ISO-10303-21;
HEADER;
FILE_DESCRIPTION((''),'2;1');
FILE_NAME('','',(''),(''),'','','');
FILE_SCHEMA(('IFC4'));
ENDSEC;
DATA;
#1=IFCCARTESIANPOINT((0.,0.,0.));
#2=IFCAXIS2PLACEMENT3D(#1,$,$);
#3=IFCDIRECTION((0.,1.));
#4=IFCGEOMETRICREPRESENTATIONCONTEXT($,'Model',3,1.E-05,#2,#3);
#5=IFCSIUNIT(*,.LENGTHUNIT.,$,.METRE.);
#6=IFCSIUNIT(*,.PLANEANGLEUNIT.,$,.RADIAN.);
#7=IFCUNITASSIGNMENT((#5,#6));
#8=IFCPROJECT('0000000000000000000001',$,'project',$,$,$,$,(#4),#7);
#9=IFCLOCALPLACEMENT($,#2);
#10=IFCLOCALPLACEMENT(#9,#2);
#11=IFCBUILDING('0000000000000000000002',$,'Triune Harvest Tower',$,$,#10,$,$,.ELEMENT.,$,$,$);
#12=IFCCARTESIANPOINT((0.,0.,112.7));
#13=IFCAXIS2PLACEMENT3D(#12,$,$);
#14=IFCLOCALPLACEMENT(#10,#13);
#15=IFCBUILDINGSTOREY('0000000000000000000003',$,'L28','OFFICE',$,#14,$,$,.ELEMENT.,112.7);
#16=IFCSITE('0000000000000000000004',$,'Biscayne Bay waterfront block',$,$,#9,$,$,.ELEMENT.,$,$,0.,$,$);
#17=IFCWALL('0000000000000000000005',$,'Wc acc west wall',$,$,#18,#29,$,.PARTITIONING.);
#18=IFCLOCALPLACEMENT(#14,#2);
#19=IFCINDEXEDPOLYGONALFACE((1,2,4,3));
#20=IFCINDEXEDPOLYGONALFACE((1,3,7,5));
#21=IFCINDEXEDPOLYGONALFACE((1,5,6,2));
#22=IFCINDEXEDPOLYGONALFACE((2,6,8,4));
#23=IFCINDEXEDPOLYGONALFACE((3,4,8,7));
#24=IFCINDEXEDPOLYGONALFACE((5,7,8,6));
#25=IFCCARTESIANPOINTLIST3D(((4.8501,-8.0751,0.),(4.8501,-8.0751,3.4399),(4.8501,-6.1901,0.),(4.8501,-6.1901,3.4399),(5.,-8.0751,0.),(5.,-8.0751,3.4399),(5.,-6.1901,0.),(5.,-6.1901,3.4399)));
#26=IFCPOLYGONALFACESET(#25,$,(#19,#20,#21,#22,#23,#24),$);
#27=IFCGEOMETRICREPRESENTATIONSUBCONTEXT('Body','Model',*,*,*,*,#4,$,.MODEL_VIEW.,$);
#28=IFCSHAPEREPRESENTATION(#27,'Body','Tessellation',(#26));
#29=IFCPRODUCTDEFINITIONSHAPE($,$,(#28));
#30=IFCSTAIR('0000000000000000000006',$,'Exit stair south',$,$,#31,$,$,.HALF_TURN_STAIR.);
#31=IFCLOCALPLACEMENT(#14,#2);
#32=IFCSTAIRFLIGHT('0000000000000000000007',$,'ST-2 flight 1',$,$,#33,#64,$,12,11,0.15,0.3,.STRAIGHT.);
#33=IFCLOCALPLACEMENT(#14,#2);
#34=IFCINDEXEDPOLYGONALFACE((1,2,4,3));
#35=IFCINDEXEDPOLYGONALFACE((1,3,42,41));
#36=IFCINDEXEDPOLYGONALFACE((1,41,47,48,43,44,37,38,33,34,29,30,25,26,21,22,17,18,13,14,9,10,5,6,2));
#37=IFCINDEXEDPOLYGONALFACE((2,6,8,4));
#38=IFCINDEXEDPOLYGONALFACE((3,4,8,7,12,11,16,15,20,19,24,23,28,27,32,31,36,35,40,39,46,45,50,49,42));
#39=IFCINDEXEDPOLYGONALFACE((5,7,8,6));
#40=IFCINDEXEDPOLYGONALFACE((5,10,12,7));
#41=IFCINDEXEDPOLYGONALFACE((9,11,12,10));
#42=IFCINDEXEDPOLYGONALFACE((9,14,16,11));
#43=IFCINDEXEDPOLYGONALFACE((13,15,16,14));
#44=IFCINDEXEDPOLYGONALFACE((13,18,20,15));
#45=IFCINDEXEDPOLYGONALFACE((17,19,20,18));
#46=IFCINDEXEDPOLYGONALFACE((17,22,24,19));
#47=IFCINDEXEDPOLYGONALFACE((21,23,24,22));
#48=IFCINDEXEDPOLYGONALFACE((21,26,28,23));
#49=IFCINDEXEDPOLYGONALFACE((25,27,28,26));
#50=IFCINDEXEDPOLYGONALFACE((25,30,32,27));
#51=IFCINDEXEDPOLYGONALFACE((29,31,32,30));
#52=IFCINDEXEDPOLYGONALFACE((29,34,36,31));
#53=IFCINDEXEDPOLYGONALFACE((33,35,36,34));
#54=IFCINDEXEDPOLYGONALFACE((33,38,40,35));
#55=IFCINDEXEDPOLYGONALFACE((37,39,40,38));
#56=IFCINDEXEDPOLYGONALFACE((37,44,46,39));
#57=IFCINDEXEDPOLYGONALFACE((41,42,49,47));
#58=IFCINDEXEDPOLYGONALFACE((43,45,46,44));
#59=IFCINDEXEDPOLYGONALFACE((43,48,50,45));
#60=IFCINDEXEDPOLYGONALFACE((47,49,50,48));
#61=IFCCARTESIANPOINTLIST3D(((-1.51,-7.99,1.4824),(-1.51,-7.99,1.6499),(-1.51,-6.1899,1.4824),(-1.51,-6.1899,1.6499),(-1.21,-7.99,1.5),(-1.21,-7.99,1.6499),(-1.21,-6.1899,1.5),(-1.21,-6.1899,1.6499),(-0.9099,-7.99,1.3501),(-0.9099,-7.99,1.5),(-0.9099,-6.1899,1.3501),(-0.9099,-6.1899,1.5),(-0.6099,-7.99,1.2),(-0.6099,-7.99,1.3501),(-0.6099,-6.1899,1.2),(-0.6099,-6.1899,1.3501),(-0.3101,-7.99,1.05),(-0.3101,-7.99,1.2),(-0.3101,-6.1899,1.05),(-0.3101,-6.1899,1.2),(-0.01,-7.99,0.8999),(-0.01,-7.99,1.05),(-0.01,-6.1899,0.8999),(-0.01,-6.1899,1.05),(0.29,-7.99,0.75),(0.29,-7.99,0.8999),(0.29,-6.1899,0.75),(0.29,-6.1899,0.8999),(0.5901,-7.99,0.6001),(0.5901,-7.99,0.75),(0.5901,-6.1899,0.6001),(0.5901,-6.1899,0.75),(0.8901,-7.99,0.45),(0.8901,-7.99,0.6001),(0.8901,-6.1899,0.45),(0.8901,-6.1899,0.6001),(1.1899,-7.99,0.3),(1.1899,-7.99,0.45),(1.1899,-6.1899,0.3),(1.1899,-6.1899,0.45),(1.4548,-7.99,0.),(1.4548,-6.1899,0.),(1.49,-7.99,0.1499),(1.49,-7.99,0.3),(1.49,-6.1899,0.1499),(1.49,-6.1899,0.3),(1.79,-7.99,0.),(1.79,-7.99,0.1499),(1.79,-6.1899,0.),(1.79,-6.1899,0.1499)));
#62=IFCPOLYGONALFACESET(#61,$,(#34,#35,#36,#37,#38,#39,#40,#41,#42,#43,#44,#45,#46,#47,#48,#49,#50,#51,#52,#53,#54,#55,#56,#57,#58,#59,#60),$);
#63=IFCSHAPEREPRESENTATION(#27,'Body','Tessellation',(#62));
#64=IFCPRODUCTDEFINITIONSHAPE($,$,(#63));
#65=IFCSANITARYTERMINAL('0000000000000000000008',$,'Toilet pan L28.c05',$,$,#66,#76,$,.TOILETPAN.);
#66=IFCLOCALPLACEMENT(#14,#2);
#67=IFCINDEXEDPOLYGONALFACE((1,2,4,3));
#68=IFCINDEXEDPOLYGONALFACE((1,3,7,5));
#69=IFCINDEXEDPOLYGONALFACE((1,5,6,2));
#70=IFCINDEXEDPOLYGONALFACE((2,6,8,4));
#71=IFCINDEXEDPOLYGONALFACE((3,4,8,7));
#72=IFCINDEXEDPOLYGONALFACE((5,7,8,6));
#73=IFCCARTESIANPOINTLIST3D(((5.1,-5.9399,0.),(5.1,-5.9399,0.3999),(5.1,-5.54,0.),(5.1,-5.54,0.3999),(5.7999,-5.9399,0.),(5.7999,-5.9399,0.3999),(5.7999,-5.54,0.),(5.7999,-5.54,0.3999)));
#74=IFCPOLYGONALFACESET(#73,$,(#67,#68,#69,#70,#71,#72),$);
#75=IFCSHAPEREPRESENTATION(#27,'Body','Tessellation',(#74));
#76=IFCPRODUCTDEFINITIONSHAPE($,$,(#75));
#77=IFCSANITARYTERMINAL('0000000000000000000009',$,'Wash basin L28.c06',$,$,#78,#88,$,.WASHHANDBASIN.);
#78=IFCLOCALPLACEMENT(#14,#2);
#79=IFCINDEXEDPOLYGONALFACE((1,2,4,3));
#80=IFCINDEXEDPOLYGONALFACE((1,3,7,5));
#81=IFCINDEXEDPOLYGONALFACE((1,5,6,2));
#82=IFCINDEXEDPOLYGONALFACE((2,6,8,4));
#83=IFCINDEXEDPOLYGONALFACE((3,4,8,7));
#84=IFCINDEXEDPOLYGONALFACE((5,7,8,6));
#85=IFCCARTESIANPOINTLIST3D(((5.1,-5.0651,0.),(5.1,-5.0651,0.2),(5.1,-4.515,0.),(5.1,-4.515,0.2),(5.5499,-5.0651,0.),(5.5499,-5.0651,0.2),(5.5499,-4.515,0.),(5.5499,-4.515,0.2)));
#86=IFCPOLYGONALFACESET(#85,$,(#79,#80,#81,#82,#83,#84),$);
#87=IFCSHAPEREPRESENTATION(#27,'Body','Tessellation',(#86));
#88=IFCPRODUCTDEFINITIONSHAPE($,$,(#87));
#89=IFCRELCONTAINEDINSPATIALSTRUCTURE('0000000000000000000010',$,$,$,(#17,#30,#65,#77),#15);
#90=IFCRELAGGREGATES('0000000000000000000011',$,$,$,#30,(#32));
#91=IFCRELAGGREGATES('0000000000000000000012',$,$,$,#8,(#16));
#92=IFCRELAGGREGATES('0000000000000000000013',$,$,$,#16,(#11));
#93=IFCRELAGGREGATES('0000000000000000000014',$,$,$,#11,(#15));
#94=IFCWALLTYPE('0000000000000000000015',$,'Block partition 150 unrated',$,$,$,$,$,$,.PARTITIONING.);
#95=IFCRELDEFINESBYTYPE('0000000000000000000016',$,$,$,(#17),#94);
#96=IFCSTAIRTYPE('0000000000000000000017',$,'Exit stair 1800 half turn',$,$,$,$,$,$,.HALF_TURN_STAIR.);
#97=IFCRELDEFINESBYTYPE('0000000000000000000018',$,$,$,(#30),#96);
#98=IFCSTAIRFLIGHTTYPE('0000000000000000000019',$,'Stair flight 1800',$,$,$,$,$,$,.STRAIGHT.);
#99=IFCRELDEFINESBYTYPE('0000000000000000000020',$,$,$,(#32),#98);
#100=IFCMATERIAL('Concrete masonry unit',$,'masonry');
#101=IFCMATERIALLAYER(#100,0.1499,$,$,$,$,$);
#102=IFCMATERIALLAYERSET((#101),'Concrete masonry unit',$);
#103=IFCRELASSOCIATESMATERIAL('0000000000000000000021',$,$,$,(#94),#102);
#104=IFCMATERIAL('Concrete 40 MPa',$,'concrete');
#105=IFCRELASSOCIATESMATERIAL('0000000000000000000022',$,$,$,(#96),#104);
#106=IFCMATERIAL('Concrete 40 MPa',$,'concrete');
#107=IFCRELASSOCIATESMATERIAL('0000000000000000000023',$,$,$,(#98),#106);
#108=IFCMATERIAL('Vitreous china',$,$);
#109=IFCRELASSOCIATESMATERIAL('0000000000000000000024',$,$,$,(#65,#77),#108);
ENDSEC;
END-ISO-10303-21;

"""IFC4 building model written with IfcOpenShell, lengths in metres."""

from ifc_helpers import new_model, si_unit, direction, frame, frame_2d, origin, origin_2d, place, context, subcontext, project, spatial, polyline, rectangle, outline, extrude, source, transform, mapped, material, layer, layer_set, type_object, element, aggregate, save


model = new_model("IFC4")

# Units and contexts
model_context = context("Model", 3, precision=1e-05, world=origin(), true_north=direction((0.0, 1.0)))
body_context = subcontext(model_context, "Body", "Model", "MODEL_VIEW")
ifc_project = project(units=[si_unit("LENGTHUNIT", "METRE"), si_unit("PLANEANGLEUNIT", "RADIAN")], contexts=[model_context])

# Site, building, storey
site_placement = place(None, origin())
site = spatial("IfcSite", under=ifc_project, at=site_placement, Name="Biscayne Bay waterfront block", CompositionType="ELEMENT", RefElevation=0.0)
building_placement = place(site_placement, origin())
building = spatial("IfcBuilding", under=site, at=building_placement, Name="Triune Harvest Tower", CompositionType="ELEMENT")
storey_placement = place(building_placement, frame((0.0, 0.0, 112.7)))
storey = spatial("IfcBuildingStorey", under=building, at=storey_placement, Name="L28", Description="OFFICE", CompositionType="ELEMENT", Elevation=112.7)

# Shared definitions
ifc_material_1 = material(Name="Concrete masonry unit", Category="masonry")
ifc_layer_1 = layer(ifc_material_1, 0.1499)
ifc_layer_set_1 = layer_set([ifc_layer_1], Name="Concrete masonry unit")
wall_type_1 = type_object("IfcWallType", Name="Block partition 150 unrated", PredefinedType="PARTITIONING", material=ifc_layer_set_1)

# Wall
shared_shape_1 = source(origin(), body_context, "Body", "SweptSolid", [
    extrude(rectangle(XDim=1.885, YDim=0.1499, at=frame_2d((0.9424, 0.0))), origin(), (0.0, 0.0, 1.0), 3.4399),
])
wall_1_placement = place(storey_placement, frame((4.925, -8.075, 0.0), z_axis=(0.0, 0.0, 1.0), x_axis=(0.0, 1.0, 0.0)))
element("IfcWall", 1, at=wall_1_placement, inside=storey, type_object=wall_type_1, Name="Wc acc west wall", PredefinedType="PARTITIONING", context=body_context, shape_type="MappedRepresentation", body=[
    mapped(shared_shape_1, transform((0.0, 0.0, 0.0), scale=1.0)),
])

# Stair, stair flight
ifc_material_2 = material(Name="Concrete 40 MPa", Category="concrete")
stair_type = type_object("IfcStairType", Name="Exit stair 1800 half turn", PredefinedType="HALF_TURN_STAIR", material=ifc_material_2)
stair_placement = place(storey_placement, origin())
stair = element("IfcStair", 2, at=stair_placement, inside=storey, type_object=stair_type, Name="Exit stair south", PredefinedType="HALF_TURN_STAIR")
ifc_material_3 = material(Name="Concrete 40 MPa", Category="concrete")
stair_flight_type = type_object("IfcStairFlightType", Name="Stair flight 1800", PredefinedType="STRAIGHT", material=ifc_material_3)
shared_shape_2 = source(origin(), body_context, "Body", "SweptSolid", [
    extrude(outline(polyline([(0.0, 0.0), (0.0, 0.1499), (0.3, 0.1499), (0.3, 0.3), (0.6001, 0.3), (0.6001, 0.45), (0.8999, 0.45), (0.8999, 0.6001), (1.2, 0.6001), (1.2, 0.75), (1.5, 0.75), (1.5, 0.8999), (1.8, 0.8999), (1.8, 1.05), (2.1001, 1.05), (2.1001, 1.2), (2.3999, 1.2), (2.3999, 1.3501), (2.7, 1.3501), (2.7, 1.5), (3.0, 1.5), (3.0, 1.6499), (3.3, 1.6499), (3.3, 1.8), (3.3, 1.4824), (0.3352, 0.0), (0.0, 0.0)])), frame((0.0, 0.8999, 0.0), z_axis=(0.0, -1.0, 0.0), x_axis=(1.0, 0.0, 0.0)), (0.0, 0.0, 1.0), 1.8),
])
stair_flight_placement = place(storey_placement, frame((1.79, -7.0901, 0.0), z_axis=(0.0, 0.0, 1.0), x_axis=(-1.0, 0.0, 0.0)))
stair_flight = element("IfcStairFlight", 3, at=stair_flight_placement, type_object=stair_flight_type, Name="ST-2 flight 1", NumberOfRisers=12, NumberOfTreads=11, PredefinedType="STRAIGHT", RiserHeight=0.15, TreadLength=0.3, context=body_context, shape_type="MappedRepresentation", body=[
    mapped(shared_shape_2, transform((0.0, 0.0, 0.0), scale=1.0)),
])
aggregate(stair, [stair_flight])

# Sanitary terminals
ifc_material_4 = material(Name="Vitreous china")
shared_shape_3 = source(origin(), body_context, "Body", "SweptSolid", [
    extrude(rectangle(XDim=0.3999, YDim=0.7, at=origin_2d()), origin(), (0.0, 0.0, 1.0), 0.3999),
])
sanitary_terminal_1_placement = place(storey_placement, frame((5.45, -5.74, 0.0), z_axis=(0.0, 0.0, 1.0), x_axis=(0.0, 1.0, 0.0)))
element("IfcSanitaryTerminal", 4, at=sanitary_terminal_1_placement, inside=storey, material=ifc_material_4, Name="Toilet pan L28.c05", PredefinedType="TOILETPAN", context=body_context, shape_type="MappedRepresentation", body=[
    mapped(shared_shape_3, transform((0.0, 0.0, 0.0), scale=1.0)),
])
shared_shape_4 = source(origin(), body_context, "Body", "SweptSolid", [
    extrude(rectangle(XDim=0.55, YDim=0.45, at=origin_2d()), origin(), (0.0, 0.0, 1.0), 0.2),
])
sanitary_terminal_2_placement = place(storey_placement, frame((5.325, -4.79, 0.0), z_axis=(0.0, 0.0, 1.0), x_axis=(0.0, 1.0, 0.0)))
element("IfcSanitaryTerminal", 5, at=sanitary_terminal_2_placement, inside=storey, material=ifc_material_4, Name="Wash basin L28.c06", PredefinedType="WASHHANDBASIN", context=body_context, shape_type="MappedRepresentation", body=[
    mapped(shared_shape_4, transform((0.0, 0.0, 0.0), scale=1.0)),
])

save(model, "model.ifc")
